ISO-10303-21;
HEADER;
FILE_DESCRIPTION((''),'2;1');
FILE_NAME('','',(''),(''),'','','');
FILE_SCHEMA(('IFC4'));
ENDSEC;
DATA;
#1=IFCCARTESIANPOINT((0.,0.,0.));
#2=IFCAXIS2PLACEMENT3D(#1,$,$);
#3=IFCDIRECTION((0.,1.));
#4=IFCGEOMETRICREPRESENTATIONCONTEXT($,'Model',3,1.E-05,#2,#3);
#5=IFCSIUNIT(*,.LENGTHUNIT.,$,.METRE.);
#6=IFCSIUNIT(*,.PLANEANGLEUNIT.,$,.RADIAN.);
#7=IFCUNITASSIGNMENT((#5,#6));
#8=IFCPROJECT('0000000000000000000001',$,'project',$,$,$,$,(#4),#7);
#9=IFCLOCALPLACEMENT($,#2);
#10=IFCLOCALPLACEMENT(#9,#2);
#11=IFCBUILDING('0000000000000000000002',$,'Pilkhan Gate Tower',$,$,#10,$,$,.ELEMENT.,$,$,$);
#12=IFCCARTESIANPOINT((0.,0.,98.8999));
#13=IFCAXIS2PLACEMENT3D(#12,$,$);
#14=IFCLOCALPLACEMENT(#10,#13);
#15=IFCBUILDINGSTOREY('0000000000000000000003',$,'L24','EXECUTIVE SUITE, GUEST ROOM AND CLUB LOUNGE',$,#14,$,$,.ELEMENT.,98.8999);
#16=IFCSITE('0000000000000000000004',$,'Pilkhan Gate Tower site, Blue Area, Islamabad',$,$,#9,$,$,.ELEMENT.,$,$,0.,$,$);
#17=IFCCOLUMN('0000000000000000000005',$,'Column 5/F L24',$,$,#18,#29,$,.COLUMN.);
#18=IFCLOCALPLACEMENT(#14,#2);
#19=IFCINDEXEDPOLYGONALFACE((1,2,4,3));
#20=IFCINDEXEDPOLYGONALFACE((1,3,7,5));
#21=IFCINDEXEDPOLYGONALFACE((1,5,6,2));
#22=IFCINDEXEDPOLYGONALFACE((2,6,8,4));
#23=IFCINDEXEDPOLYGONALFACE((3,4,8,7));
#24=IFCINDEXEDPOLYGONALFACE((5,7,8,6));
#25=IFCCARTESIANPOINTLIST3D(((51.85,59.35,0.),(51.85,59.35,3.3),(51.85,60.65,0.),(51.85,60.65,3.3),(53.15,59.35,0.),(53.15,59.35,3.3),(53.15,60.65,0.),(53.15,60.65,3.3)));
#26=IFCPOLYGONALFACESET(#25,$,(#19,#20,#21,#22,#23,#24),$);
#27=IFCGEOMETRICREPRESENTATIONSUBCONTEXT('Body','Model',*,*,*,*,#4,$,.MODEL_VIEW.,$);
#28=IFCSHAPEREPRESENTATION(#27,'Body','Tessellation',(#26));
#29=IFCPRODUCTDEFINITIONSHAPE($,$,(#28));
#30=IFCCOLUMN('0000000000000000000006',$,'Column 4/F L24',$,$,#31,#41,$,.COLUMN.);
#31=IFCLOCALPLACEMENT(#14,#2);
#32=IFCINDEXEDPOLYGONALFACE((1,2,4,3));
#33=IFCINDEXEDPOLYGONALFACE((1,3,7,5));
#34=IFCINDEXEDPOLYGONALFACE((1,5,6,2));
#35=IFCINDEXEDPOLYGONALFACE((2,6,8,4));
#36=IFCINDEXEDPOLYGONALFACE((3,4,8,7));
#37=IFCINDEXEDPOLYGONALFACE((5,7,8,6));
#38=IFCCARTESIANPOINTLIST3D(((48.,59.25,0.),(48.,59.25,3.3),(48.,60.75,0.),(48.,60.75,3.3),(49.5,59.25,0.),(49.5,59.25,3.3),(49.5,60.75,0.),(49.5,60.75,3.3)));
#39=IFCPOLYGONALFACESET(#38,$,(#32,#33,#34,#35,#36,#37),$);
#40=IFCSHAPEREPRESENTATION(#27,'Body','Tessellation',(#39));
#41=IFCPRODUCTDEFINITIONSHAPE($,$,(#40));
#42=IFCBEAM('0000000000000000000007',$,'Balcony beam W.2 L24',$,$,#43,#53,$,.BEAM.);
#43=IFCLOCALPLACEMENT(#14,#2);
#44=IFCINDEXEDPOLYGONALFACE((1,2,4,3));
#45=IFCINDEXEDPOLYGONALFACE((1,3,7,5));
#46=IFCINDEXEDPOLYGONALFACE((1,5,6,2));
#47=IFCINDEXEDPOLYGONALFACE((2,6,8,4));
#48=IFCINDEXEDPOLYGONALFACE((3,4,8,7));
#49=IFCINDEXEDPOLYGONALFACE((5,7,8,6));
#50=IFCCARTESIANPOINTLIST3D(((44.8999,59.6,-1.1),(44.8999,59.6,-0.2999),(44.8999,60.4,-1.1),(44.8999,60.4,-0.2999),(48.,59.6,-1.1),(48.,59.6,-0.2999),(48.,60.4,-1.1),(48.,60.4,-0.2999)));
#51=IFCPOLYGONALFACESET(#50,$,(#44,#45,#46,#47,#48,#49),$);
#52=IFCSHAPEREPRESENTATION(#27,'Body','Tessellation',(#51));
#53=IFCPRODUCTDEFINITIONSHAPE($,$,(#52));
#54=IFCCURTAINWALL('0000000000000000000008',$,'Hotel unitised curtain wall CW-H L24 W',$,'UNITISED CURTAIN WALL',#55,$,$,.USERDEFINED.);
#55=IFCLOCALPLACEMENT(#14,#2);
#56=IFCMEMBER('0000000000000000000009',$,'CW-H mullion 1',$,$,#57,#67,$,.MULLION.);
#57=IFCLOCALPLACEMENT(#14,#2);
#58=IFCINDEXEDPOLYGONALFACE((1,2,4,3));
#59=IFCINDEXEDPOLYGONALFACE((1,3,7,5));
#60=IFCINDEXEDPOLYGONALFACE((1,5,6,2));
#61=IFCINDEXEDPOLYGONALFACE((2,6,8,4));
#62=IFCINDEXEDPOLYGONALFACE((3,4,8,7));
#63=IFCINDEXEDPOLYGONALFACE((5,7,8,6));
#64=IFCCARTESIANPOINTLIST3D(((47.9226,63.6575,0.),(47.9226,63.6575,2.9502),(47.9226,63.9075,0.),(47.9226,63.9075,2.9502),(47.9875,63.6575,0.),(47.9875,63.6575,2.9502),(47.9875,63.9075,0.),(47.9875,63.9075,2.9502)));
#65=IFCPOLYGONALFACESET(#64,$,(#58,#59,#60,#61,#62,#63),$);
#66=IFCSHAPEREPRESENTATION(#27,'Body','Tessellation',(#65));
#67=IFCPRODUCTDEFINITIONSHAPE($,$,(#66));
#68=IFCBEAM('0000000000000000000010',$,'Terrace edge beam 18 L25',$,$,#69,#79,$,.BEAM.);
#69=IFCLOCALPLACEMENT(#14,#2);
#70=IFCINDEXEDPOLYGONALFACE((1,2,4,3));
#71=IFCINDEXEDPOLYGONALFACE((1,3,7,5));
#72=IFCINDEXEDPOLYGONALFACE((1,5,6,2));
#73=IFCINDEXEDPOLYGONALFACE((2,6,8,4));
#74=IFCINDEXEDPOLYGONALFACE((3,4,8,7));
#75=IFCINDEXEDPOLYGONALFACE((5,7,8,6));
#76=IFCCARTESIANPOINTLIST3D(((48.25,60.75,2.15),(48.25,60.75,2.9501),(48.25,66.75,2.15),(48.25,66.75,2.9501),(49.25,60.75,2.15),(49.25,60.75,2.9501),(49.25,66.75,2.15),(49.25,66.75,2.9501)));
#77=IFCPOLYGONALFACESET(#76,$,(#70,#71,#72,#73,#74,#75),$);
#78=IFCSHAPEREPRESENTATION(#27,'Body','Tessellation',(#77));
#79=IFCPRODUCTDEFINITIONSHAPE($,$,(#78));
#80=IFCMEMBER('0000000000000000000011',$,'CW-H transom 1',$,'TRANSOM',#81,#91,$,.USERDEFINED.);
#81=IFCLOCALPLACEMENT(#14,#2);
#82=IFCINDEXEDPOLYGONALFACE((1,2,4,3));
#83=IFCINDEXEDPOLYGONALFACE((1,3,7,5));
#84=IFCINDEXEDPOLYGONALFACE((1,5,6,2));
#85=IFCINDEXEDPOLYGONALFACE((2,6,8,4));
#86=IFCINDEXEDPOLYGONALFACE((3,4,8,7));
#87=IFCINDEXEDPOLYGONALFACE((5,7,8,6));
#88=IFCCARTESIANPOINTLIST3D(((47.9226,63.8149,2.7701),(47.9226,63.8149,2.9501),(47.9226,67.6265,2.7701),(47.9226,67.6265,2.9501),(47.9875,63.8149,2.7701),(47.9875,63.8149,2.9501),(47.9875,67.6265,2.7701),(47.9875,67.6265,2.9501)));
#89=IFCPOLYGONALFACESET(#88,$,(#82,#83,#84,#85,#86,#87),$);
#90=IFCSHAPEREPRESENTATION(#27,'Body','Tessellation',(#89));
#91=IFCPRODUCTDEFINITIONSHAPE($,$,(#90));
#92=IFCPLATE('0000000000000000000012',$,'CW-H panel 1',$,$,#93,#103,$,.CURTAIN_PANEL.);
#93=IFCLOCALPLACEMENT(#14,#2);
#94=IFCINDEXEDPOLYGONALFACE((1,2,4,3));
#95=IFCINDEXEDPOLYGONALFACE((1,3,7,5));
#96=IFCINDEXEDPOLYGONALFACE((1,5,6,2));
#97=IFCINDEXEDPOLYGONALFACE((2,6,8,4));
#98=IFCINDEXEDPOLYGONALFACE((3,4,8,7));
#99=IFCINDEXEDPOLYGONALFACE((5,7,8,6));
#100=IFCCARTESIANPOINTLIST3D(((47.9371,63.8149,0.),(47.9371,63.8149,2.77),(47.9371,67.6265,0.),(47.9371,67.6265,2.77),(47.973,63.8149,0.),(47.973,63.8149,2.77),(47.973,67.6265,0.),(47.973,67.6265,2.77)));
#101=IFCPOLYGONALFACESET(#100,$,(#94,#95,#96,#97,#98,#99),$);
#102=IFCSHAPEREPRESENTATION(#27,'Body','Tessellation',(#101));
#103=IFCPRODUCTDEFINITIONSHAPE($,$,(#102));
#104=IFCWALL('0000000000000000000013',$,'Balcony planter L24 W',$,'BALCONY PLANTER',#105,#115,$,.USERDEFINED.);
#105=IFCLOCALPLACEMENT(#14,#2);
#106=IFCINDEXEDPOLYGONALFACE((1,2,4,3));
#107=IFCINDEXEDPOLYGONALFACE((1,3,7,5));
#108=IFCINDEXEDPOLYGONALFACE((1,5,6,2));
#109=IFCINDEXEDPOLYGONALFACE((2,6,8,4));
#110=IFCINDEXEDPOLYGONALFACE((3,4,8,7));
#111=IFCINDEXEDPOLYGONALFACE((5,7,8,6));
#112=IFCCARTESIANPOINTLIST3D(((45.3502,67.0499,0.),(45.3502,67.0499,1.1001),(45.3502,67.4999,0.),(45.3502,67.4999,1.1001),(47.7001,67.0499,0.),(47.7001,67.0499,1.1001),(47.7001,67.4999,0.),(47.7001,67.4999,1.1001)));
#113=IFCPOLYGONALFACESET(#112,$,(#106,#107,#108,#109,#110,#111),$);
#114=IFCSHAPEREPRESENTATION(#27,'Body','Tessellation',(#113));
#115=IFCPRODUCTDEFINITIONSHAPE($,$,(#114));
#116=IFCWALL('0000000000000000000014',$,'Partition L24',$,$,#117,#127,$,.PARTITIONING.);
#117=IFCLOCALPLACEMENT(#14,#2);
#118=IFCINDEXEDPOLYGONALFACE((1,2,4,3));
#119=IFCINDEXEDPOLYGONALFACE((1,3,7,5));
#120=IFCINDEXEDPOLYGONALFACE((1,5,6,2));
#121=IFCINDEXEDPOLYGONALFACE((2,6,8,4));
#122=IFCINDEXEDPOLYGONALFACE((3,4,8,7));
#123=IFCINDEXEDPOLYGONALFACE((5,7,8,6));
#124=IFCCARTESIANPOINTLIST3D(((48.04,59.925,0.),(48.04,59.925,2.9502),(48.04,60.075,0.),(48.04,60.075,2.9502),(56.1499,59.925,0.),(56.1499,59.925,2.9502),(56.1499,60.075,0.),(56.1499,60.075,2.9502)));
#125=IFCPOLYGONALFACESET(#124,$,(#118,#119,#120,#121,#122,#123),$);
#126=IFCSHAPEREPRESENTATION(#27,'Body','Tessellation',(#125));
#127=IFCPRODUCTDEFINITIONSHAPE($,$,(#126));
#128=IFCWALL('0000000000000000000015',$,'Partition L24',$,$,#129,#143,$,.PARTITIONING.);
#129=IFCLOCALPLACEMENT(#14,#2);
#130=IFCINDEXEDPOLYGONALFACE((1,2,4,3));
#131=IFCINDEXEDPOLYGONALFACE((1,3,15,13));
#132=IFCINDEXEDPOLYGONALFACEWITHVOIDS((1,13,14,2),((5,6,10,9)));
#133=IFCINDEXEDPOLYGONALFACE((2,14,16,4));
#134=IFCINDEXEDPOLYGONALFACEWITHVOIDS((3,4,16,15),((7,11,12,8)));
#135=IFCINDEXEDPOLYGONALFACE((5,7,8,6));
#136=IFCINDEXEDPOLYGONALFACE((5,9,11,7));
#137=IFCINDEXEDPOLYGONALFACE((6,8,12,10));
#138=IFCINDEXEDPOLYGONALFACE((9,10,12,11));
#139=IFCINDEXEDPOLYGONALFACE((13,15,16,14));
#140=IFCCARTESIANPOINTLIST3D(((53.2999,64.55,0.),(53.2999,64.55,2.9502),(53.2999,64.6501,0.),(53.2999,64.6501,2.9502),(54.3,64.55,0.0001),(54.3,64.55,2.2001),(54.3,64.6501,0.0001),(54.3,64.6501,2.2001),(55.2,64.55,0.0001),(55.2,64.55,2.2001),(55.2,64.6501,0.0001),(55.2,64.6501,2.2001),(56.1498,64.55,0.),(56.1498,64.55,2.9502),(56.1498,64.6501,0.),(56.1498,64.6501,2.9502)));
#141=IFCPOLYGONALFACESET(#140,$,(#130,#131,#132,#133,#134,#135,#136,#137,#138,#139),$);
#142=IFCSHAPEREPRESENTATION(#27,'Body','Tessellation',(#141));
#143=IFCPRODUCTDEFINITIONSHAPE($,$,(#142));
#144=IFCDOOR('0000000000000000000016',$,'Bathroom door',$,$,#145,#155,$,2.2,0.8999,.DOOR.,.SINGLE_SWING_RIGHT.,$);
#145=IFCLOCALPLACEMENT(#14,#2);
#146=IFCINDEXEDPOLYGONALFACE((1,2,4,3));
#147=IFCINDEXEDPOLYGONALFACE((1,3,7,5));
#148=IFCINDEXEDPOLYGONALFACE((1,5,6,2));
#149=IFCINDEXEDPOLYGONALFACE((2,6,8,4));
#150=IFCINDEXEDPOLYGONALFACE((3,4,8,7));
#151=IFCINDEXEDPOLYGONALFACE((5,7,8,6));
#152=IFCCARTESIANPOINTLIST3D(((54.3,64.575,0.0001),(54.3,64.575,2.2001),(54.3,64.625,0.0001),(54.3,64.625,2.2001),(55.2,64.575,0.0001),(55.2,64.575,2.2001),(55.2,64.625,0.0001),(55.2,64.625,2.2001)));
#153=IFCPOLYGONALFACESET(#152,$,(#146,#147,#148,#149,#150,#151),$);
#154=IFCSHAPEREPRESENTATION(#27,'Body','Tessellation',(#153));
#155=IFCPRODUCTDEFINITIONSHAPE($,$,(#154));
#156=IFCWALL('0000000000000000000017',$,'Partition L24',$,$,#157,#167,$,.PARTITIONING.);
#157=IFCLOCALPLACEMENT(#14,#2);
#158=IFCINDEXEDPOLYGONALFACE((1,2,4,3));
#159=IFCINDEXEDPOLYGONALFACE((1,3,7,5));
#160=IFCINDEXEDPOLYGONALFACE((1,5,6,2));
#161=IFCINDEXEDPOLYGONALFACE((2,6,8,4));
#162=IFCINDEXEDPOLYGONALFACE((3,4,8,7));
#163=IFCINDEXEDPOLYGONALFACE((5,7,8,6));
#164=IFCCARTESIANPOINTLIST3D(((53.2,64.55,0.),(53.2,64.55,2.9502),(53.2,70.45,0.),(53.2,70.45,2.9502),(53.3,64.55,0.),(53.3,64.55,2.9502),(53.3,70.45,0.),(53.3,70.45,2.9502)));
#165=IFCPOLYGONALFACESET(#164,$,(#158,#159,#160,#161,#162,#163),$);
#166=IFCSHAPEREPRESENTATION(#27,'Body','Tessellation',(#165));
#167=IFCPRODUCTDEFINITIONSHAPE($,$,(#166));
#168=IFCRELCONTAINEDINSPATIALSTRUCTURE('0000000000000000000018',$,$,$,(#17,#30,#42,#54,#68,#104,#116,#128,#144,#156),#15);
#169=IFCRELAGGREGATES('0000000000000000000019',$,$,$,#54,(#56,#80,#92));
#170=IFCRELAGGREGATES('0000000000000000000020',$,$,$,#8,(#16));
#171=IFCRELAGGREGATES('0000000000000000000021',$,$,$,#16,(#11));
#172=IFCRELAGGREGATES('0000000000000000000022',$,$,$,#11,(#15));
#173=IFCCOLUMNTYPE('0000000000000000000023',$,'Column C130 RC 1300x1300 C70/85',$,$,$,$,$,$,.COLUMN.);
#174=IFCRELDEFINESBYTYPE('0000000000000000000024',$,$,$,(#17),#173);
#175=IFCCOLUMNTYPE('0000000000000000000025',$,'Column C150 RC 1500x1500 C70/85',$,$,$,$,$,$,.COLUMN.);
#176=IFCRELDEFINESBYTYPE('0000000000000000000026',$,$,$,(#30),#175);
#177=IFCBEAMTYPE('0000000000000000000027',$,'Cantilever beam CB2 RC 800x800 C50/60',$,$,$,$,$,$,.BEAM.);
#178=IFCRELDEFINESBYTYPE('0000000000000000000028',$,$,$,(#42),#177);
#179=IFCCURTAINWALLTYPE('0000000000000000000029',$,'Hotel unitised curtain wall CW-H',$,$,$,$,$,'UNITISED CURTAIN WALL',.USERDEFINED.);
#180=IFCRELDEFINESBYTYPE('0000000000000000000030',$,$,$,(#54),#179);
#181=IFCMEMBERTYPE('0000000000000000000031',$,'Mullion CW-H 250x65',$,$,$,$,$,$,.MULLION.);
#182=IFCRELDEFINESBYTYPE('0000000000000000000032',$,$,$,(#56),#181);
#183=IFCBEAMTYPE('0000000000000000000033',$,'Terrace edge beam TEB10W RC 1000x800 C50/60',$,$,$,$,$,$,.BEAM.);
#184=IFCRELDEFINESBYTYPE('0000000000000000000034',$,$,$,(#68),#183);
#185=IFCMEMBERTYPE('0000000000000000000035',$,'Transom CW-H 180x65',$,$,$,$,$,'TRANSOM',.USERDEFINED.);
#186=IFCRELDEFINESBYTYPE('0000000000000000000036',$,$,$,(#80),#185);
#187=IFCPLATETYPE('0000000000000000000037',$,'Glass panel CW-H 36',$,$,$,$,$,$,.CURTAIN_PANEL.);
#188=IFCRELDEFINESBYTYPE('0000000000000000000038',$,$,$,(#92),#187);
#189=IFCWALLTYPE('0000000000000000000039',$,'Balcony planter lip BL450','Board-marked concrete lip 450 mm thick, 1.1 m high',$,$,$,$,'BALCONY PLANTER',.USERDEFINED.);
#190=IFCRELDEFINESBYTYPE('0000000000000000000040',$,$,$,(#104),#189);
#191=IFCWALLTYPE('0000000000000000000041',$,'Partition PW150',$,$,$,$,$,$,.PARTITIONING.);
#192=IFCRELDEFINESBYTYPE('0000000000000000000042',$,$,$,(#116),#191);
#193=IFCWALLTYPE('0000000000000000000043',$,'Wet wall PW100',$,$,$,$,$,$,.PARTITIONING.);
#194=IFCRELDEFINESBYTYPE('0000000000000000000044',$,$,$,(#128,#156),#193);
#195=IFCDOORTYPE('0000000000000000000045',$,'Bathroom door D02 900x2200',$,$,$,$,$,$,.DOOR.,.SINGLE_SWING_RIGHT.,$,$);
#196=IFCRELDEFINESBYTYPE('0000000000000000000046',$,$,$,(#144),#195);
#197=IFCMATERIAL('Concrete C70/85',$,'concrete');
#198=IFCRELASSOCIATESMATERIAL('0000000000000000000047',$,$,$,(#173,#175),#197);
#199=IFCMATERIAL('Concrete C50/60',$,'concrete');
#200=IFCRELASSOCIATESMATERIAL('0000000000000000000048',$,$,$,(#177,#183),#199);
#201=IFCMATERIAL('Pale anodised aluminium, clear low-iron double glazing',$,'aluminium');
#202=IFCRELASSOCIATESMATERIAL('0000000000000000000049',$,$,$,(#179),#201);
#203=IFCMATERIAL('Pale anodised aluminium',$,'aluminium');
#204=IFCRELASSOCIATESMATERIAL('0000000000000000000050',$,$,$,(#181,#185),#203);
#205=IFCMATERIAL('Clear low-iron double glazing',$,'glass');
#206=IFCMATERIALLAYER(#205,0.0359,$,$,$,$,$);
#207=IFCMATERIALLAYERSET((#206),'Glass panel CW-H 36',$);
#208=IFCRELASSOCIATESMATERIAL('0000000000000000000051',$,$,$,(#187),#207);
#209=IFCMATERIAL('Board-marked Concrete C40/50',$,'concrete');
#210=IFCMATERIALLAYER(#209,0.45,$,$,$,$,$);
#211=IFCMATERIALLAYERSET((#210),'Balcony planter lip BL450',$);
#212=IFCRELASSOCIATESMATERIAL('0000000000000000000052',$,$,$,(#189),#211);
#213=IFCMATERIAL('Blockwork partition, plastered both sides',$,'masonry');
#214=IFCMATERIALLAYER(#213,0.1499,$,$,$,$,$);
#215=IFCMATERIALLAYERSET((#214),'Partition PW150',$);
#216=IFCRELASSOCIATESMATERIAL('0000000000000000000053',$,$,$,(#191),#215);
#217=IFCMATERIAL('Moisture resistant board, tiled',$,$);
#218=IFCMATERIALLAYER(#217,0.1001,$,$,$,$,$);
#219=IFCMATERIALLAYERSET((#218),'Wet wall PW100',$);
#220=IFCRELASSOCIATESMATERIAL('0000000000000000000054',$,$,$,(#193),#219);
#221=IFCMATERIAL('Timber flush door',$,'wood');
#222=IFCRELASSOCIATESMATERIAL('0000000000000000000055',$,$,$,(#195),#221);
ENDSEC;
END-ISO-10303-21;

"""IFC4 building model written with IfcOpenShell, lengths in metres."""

from ifc_helpers import new_model, si_unit, direction, frame, frame_2d, origin, origin_2d, place, context, subcontext, project, spatial, rectangle, extrude, material, layer, layer_set, material_profile, profile_set, type_object, element, fill, aggregate, save


model = new_model("IFC4")

# Units and contexts
model_context = context("Model", 3, precision=1e-05, world=origin(), true_north=direction((0.0, 1.0)))
body_context = subcontext(model_context, "Body", "Model", "MODEL_VIEW")
ifc_project = project(units=[si_unit("LENGTHUNIT", "METRE"), si_unit("PLANEANGLEUNIT", "RADIAN")], contexts=[model_context])

# Site, building, storey
site_placement = place(None, origin())
site = spatial("IfcSite", under=ifc_project, at=site_placement, Name="Pilkhan Gate Tower site, Blue Area, Islamabad", CompositionType="ELEMENT", RefElevation=0.0)
building_placement = place(site_placement, origin())
building = spatial("IfcBuilding", under=site, at=building_placement, Name="Pilkhan Gate Tower", CompositionType="ELEMENT")
storey_placement = place(building_placement, frame((0.0, 0.0, 98.8999)))
storey = spatial("IfcBuildingStorey", under=building, at=storey_placement, Name="L24", Description="EXECUTIVE SUITE, GUEST ROOM AND CLUB LOUNGE", CompositionType="ELEMENT", Elevation=98.8999)

# Columns
ifc_material_1 = material(Name="Concrete C70/85", Category="concrete")
ifc_material_profile_1 = material_profile(ifc_material_1, rectangle(XDim=1.3, YDim=1.3, at=origin_2d()), Name="RC 1300x1300")
ifc_profile_set_1 = profile_set([ifc_material_profile_1], Name="Concrete C70/85")
column_type_1 = type_object("IfcColumnType", Name="Column C130 RC 1300x1300 C70/85", PredefinedType="COLUMN", material=ifc_profile_set_1)
column_1_placement = place(storey_placement, frame((52.5, 60.0, 0.0), z_axis=(0.0, 0.0, 1.0), x_axis=(1.0, 0.0, 0.0)))
element("IfcColumn", 1, at=column_1_placement, inside=storey, type_object=column_type_1, Name="Column 5/F L24", PredefinedType="COLUMN", context=body_context, shape_type="SweptSolid", body=[
    extrude(rectangle(XDim=1.3, YDim=1.3, at=origin_2d()), origin(), (0.0, 0.0, 1.0), 3.3),
])
ifc_material_profile_2 = material_profile(ifc_material_1, rectangle(XDim=1.5, YDim=1.5, at=origin_2d()), Name="RC 1500x1500")
ifc_profile_set_2 = profile_set([ifc_material_profile_2], Name="Concrete C70/85")
column_type_2 = type_object("IfcColumnType", Name="Column C150 RC 1500x1500 C70/85", PredefinedType="COLUMN", material=ifc_profile_set_2)
column_2_placement = place(storey_placement, frame((48.75, 60.0, 0.0), z_axis=(0.0, 0.0, 1.0), x_axis=(1.0, 0.0, 0.0)))
element("IfcColumn", 2, at=column_2_placement, inside=storey, type_object=column_type_2, Name="Column 4/F L24", PredefinedType="COLUMN", context=body_context, shape_type="SweptSolid", body=[
    extrude(rectangle(XDim=1.5, YDim=1.5, at=origin_2d()), origin(), (0.0, 0.0, 1.0), 3.3),
])

# Beam
ifc_material_2 = material(Name="Concrete C50/60", Category="concrete")
ifc_material_profile_3 = material_profile(ifc_material_2, rectangle(XDim=0.8, YDim=0.8, at=origin_2d()), Name="RC 800x800")
ifc_profile_set_3 = profile_set([ifc_material_profile_3], Name="Concrete C50/60")
beam_type_1 = type_object("IfcBeamType", Name="Cantilever beam CB2 RC 800x800 C50/60", PredefinedType="BEAM", material=ifc_profile_set_3)
beam_1_placement = place(storey_placement, frame((48.0, 60.0, -0.7), z_axis=(-1.0, 0.0, 0.0), x_axis=(0.0, -1.0, 0.0)))
element("IfcBeam", 3, at=beam_1_placement, inside=storey, type_object=beam_type_1, Name="Balcony beam W.2 L24", PredefinedType="BEAM", context=body_context, shape_type="SweptSolid", body=[
    extrude(rectangle(XDim=0.8, YDim=0.8, at=origin_2d()), origin(), (0.0, 0.0, 1.0), 3.1001),
])

# Curtain wall, member
ifc_material_3 = material(Name="Pale anodised aluminium, clear low-iron double glazing", Category="aluminium")
curtain_wall_type = type_object("IfcCurtainWallType", Name="Hotel unitised curtain wall CW-H", ElementType="UNITISED CURTAIN WALL", PredefinedType="USERDEFINED", material=ifc_material_3)
curtain_wall_placement = place(storey_placement, origin())
curtain_wall = element("IfcCurtainWall", 4, at=curtain_wall_placement, inside=storey, type_object=curtain_wall_type, Name="Hotel unitised curtain wall CW-H L24 W", ObjectType="UNITISED CURTAIN WALL", PredefinedType="USERDEFINED")
ifc_material_4 = material(Name="Pale anodised aluminium", Category="aluminium")
ifc_material_profile_4 = material_profile(ifc_material_4, rectangle(XDim=0.0649, YDim=0.25, at=origin_2d()), Name="Mullion 250x65")
ifc_profile_set_4 = profile_set([ifc_material_profile_4], Name="Pale anodised aluminium")
member_type_1 = type_object("IfcMemberType", Name="Mullion CW-H 250x65", PredefinedType="MULLION", material=ifc_profile_set_4)
member_1_placement = place(storey_placement, frame((47.9551, 63.7825, 0.0), z_axis=(0.0, 0.0, 1.0), x_axis=(-1.0, 0.0, 0.0)))
member_1 = element("IfcMember", 5, at=member_1_placement, type_object=member_type_1, Name="CW-H mullion 1", PredefinedType="MULLION", context=body_context, shape_type="SweptSolid", body=[
    extrude(rectangle(XDim=0.0649, YDim=0.25, at=origin_2d()), origin(), (0.0, 0.0, 1.0), 2.9502),
])

# Beam
ifc_material_profile_5 = material_profile(ifc_material_2, rectangle(XDim=1.0, YDim=0.8, at=origin_2d()), Name="RC 1000x800")
ifc_profile_set_5 = profile_set([ifc_material_profile_5], Name="Concrete C50/60")
beam_type_2 = type_object("IfcBeamType", Name="Terrace edge beam TEB10W RC 1000x800 C50/60", PredefinedType="BEAM", material=ifc_profile_set_5)
beam_2_placement = place(storey_placement, frame((48.75, 60.75, 2.55), z_axis=(0.0, 1.0, 0.0), x_axis=(-1.0, 0.0, 0.0)))
element("IfcBeam", 6, at=beam_2_placement, inside=storey, type_object=beam_type_2, Name="Terrace edge beam 18 L25", PredefinedType="BEAM", context=body_context, shape_type="SweptSolid", body=[
    extrude(rectangle(XDim=1.0, YDim=0.8, at=origin_2d()), origin(), (0.0, 0.0, 1.0), 6.0),
])

# Member
ifc_material_profile_6 = material_profile(ifc_material_4, rectangle(XDim=0.0649, YDim=0.1799, at=origin_2d()), Name="Transom 180x65")
ifc_profile_set_6 = profile_set([ifc_material_profile_6], Name="Pale anodised aluminium")
member_type_2 = type_object("IfcMemberType", Name="Transom CW-H 180x65", ElementType="TRANSOM", PredefinedType="USERDEFINED", material=ifc_profile_set_6)
member_2_placement = place(storey_placement, frame((47.9551, 63.8149, 2.8601), z_axis=(0.0, 1.0, 0.0), x_axis=(-1.0, 0.0, 0.0)))
member_2 = element("IfcMember", 7, at=member_2_placement, type_object=member_type_2, Name="CW-H transom 1", ObjectType="TRANSOM", PredefinedType="USERDEFINED", context=body_context, shape_type="SweptSolid", body=[
    extrude(rectangle(XDim=0.0649, YDim=0.1799, at=origin_2d()), origin(), (0.0, 0.0, 1.0), 3.8115),
])

# Plate
ifc_material_5 = material(Name="Clear low-iron double glazing", Category="glass")
ifc_layer_1 = layer(ifc_material_5, 0.0359)
ifc_layer_set_1 = layer_set([ifc_layer_1], Name="Glass panel CW-H 36")
plate_type = type_object("IfcPlateType", Name="Glass panel CW-H 36", PredefinedType="CURTAIN_PANEL", material=ifc_layer_set_1)
plate_placement = place(storey_placement, frame((47.9551, 65.7207, 0.0), z_axis=(0.0, 0.0, 1.0), x_axis=(0.0, 1.0, 0.0)))
plate = element("IfcPlate", 8, at=plate_placement, type_object=plate_type, Name="CW-H panel 1", PredefinedType="CURTAIN_PANEL", context=body_context, shape_type="SweptSolid", body=[
    extrude(rectangle(XDim=3.8115, YDim=0.0359, at=origin_2d()), origin(), (0.0, 0.0, 1.0), 2.77),
])
aggregate(curtain_wall, [member_1, member_2, plate])

# Wall
ifc_material_6 = material(Name="Board-marked Concrete C40/50", Category="concrete")
ifc_layer_2 = layer(ifc_material_6, 0.45)
ifc_layer_set_2 = layer_set([ifc_layer_2], Name="Balcony planter lip BL450")
wall_type_1 = type_object("IfcWallType", Name="Balcony planter lip BL450", Description="Board-marked concrete lip 450 mm thick, 1.1 m high", ElementType="BALCONY PLANTER", PredefinedType="USERDEFINED", material=ifc_layer_set_2)
wall_1_placement = place(storey_placement, frame((47.7, 67.2749, 0.0), z_axis=(0.0, 0.0, 1.0), x_axis=(-1.0, 0.0, 0.0)))
element("IfcWall", 9, at=wall_1_placement, inside=storey, type_object=wall_type_1, Name="Balcony planter L24 W", ObjectType="BALCONY PLANTER", PredefinedType="USERDEFINED", context=body_context, shape_type="SweptSolid", body=[
    extrude(rectangle(XDim=2.3499, YDim=0.45, at=frame_2d((1.1748, 0.0))), origin(), (0.0, 0.0, 1.0), 1.1001),
])

# Wall
ifc_material_7 = material(Name="Blockwork partition, plastered both sides", Category="masonry")
ifc_layer_3 = layer(ifc_material_7, 0.1499)
ifc_layer_set_3 = layer_set([ifc_layer_3], Name="Partition PW150")
wall_type_2 = type_object("IfcWallType", Name="Partition PW150", PredefinedType="PARTITIONING", material=ifc_layer_set_3)
wall_2_placement = place(storey_placement, frame((48.04, 60.0, 0.0), z_axis=(0.0, 0.0, 1.0), x_axis=(1.0, 0.0, 0.0)))
element("IfcWall", 10, at=wall_2_placement, inside=storey, type_object=wall_type_2, Name="Partition L24", PredefinedType="PARTITIONING", context=body_context, shape_type="SweptSolid", body=[
    extrude(rectangle(XDim=8.1099, YDim=0.1499, at=frame_2d((4.0549, 0.0))), origin(), (0.0, 0.0, 1.0), 2.9502),
])

# Wall, opening, door
ifc_material_8 = material(Name="Moisture resistant board, tiled")
ifc_layer_4 = layer(ifc_material_8, 0.1001)
ifc_layer_set_4 = layer_set([ifc_layer_4], Name="Wet wall PW100")
wall_type_3 = type_object("IfcWallType", Name="Wet wall PW100", PredefinedType="PARTITIONING", material=ifc_layer_set_4)
wall_3_placement = place(storey_placement, frame((53.3, 64.6001, 0.0), z_axis=(0.0, 0.0, 1.0), x_axis=(1.0, 0.0, 0.0)))
wall_3 = element("IfcWall", 11, at=wall_3_placement, inside=storey, type_object=wall_type_3, Name="Partition L24", PredefinedType="PARTITIONING", context=body_context, shape_type="SweptSolid", body=[
    extrude(rectangle(XDim=2.8499, YDim=0.1001, at=frame_2d((1.4248, 0.0))), origin(), (0.0, 0.0, 1.0), 2.9502),
])
opening_1_placement = place(wall_3_placement, frame((1.0, 0.0, 0.0)))
opening_1 = element("IfcOpeningElement", 12, at=opening_1_placement, cuts=wall_3, PredefinedType="OPENING", context=body_context, shape_type="SweptSolid", body=[
    extrude(rectangle(XDim=0.8999, YDim=2.2, at=frame_2d((0.45, 1.1001))), frame((0.0, 0.0601, 0.0), z_axis=(0.0, -1.0, 0.0), x_axis=(1.0, 0.0, 0.0)), (0.0, 0.0, 1.0), 0.1201),
])
ifc_material_9 = material(Name="Timber flush door", Category="wood")
door_type_1 = type_object("IfcDoorType", Name="Bathroom door D02 900x2200", OperationType="SINGLE_SWING_RIGHT", PredefinedType="DOOR", material=ifc_material_9)
door_1_placement = place(opening_1_placement, origin())
door_1 = element("IfcDoor", 13, at=door_1_placement, inside=storey, type_object=door_type_1, Name="Bathroom door", OperationType="SINGLE_SWING_RIGHT", OverallHeight=2.2, OverallWidth=0.8999, PredefinedType="DOOR", context=body_context, shape_type="SweptSolid", body=[
    extrude(rectangle(XDim=0.8999, YDim=2.2, at=frame_2d((0.45, 1.1001))), frame((0.0, 0.0249, 0.0), z_axis=(0.0, -1.0, 0.0), x_axis=(1.0, 0.0, 0.0)), (0.0, 0.0, 1.0), 0.05),
])
fill(opening_1, door_1)

# Wall
wall_4_placement = place(storey_placement, frame((53.25, 64.55, 0.0), z_axis=(0.0, 0.0, 1.0), x_axis=(0.0, 1.0, 0.0)))
element("IfcWall", 14, at=wall_4_placement, inside=storey, type_object=wall_type_3, Name="Partition L24", PredefinedType="PARTITIONING", context=body_context, shape_type="SweptSolid", body=[
    extrude(rectangle(XDim=5.8999, YDim=0.1001, at=frame_2d((2.95, 0.0))), origin(), (0.0, 0.0, 1.0), 2.9502),
])

save(model, "model.ifc")
